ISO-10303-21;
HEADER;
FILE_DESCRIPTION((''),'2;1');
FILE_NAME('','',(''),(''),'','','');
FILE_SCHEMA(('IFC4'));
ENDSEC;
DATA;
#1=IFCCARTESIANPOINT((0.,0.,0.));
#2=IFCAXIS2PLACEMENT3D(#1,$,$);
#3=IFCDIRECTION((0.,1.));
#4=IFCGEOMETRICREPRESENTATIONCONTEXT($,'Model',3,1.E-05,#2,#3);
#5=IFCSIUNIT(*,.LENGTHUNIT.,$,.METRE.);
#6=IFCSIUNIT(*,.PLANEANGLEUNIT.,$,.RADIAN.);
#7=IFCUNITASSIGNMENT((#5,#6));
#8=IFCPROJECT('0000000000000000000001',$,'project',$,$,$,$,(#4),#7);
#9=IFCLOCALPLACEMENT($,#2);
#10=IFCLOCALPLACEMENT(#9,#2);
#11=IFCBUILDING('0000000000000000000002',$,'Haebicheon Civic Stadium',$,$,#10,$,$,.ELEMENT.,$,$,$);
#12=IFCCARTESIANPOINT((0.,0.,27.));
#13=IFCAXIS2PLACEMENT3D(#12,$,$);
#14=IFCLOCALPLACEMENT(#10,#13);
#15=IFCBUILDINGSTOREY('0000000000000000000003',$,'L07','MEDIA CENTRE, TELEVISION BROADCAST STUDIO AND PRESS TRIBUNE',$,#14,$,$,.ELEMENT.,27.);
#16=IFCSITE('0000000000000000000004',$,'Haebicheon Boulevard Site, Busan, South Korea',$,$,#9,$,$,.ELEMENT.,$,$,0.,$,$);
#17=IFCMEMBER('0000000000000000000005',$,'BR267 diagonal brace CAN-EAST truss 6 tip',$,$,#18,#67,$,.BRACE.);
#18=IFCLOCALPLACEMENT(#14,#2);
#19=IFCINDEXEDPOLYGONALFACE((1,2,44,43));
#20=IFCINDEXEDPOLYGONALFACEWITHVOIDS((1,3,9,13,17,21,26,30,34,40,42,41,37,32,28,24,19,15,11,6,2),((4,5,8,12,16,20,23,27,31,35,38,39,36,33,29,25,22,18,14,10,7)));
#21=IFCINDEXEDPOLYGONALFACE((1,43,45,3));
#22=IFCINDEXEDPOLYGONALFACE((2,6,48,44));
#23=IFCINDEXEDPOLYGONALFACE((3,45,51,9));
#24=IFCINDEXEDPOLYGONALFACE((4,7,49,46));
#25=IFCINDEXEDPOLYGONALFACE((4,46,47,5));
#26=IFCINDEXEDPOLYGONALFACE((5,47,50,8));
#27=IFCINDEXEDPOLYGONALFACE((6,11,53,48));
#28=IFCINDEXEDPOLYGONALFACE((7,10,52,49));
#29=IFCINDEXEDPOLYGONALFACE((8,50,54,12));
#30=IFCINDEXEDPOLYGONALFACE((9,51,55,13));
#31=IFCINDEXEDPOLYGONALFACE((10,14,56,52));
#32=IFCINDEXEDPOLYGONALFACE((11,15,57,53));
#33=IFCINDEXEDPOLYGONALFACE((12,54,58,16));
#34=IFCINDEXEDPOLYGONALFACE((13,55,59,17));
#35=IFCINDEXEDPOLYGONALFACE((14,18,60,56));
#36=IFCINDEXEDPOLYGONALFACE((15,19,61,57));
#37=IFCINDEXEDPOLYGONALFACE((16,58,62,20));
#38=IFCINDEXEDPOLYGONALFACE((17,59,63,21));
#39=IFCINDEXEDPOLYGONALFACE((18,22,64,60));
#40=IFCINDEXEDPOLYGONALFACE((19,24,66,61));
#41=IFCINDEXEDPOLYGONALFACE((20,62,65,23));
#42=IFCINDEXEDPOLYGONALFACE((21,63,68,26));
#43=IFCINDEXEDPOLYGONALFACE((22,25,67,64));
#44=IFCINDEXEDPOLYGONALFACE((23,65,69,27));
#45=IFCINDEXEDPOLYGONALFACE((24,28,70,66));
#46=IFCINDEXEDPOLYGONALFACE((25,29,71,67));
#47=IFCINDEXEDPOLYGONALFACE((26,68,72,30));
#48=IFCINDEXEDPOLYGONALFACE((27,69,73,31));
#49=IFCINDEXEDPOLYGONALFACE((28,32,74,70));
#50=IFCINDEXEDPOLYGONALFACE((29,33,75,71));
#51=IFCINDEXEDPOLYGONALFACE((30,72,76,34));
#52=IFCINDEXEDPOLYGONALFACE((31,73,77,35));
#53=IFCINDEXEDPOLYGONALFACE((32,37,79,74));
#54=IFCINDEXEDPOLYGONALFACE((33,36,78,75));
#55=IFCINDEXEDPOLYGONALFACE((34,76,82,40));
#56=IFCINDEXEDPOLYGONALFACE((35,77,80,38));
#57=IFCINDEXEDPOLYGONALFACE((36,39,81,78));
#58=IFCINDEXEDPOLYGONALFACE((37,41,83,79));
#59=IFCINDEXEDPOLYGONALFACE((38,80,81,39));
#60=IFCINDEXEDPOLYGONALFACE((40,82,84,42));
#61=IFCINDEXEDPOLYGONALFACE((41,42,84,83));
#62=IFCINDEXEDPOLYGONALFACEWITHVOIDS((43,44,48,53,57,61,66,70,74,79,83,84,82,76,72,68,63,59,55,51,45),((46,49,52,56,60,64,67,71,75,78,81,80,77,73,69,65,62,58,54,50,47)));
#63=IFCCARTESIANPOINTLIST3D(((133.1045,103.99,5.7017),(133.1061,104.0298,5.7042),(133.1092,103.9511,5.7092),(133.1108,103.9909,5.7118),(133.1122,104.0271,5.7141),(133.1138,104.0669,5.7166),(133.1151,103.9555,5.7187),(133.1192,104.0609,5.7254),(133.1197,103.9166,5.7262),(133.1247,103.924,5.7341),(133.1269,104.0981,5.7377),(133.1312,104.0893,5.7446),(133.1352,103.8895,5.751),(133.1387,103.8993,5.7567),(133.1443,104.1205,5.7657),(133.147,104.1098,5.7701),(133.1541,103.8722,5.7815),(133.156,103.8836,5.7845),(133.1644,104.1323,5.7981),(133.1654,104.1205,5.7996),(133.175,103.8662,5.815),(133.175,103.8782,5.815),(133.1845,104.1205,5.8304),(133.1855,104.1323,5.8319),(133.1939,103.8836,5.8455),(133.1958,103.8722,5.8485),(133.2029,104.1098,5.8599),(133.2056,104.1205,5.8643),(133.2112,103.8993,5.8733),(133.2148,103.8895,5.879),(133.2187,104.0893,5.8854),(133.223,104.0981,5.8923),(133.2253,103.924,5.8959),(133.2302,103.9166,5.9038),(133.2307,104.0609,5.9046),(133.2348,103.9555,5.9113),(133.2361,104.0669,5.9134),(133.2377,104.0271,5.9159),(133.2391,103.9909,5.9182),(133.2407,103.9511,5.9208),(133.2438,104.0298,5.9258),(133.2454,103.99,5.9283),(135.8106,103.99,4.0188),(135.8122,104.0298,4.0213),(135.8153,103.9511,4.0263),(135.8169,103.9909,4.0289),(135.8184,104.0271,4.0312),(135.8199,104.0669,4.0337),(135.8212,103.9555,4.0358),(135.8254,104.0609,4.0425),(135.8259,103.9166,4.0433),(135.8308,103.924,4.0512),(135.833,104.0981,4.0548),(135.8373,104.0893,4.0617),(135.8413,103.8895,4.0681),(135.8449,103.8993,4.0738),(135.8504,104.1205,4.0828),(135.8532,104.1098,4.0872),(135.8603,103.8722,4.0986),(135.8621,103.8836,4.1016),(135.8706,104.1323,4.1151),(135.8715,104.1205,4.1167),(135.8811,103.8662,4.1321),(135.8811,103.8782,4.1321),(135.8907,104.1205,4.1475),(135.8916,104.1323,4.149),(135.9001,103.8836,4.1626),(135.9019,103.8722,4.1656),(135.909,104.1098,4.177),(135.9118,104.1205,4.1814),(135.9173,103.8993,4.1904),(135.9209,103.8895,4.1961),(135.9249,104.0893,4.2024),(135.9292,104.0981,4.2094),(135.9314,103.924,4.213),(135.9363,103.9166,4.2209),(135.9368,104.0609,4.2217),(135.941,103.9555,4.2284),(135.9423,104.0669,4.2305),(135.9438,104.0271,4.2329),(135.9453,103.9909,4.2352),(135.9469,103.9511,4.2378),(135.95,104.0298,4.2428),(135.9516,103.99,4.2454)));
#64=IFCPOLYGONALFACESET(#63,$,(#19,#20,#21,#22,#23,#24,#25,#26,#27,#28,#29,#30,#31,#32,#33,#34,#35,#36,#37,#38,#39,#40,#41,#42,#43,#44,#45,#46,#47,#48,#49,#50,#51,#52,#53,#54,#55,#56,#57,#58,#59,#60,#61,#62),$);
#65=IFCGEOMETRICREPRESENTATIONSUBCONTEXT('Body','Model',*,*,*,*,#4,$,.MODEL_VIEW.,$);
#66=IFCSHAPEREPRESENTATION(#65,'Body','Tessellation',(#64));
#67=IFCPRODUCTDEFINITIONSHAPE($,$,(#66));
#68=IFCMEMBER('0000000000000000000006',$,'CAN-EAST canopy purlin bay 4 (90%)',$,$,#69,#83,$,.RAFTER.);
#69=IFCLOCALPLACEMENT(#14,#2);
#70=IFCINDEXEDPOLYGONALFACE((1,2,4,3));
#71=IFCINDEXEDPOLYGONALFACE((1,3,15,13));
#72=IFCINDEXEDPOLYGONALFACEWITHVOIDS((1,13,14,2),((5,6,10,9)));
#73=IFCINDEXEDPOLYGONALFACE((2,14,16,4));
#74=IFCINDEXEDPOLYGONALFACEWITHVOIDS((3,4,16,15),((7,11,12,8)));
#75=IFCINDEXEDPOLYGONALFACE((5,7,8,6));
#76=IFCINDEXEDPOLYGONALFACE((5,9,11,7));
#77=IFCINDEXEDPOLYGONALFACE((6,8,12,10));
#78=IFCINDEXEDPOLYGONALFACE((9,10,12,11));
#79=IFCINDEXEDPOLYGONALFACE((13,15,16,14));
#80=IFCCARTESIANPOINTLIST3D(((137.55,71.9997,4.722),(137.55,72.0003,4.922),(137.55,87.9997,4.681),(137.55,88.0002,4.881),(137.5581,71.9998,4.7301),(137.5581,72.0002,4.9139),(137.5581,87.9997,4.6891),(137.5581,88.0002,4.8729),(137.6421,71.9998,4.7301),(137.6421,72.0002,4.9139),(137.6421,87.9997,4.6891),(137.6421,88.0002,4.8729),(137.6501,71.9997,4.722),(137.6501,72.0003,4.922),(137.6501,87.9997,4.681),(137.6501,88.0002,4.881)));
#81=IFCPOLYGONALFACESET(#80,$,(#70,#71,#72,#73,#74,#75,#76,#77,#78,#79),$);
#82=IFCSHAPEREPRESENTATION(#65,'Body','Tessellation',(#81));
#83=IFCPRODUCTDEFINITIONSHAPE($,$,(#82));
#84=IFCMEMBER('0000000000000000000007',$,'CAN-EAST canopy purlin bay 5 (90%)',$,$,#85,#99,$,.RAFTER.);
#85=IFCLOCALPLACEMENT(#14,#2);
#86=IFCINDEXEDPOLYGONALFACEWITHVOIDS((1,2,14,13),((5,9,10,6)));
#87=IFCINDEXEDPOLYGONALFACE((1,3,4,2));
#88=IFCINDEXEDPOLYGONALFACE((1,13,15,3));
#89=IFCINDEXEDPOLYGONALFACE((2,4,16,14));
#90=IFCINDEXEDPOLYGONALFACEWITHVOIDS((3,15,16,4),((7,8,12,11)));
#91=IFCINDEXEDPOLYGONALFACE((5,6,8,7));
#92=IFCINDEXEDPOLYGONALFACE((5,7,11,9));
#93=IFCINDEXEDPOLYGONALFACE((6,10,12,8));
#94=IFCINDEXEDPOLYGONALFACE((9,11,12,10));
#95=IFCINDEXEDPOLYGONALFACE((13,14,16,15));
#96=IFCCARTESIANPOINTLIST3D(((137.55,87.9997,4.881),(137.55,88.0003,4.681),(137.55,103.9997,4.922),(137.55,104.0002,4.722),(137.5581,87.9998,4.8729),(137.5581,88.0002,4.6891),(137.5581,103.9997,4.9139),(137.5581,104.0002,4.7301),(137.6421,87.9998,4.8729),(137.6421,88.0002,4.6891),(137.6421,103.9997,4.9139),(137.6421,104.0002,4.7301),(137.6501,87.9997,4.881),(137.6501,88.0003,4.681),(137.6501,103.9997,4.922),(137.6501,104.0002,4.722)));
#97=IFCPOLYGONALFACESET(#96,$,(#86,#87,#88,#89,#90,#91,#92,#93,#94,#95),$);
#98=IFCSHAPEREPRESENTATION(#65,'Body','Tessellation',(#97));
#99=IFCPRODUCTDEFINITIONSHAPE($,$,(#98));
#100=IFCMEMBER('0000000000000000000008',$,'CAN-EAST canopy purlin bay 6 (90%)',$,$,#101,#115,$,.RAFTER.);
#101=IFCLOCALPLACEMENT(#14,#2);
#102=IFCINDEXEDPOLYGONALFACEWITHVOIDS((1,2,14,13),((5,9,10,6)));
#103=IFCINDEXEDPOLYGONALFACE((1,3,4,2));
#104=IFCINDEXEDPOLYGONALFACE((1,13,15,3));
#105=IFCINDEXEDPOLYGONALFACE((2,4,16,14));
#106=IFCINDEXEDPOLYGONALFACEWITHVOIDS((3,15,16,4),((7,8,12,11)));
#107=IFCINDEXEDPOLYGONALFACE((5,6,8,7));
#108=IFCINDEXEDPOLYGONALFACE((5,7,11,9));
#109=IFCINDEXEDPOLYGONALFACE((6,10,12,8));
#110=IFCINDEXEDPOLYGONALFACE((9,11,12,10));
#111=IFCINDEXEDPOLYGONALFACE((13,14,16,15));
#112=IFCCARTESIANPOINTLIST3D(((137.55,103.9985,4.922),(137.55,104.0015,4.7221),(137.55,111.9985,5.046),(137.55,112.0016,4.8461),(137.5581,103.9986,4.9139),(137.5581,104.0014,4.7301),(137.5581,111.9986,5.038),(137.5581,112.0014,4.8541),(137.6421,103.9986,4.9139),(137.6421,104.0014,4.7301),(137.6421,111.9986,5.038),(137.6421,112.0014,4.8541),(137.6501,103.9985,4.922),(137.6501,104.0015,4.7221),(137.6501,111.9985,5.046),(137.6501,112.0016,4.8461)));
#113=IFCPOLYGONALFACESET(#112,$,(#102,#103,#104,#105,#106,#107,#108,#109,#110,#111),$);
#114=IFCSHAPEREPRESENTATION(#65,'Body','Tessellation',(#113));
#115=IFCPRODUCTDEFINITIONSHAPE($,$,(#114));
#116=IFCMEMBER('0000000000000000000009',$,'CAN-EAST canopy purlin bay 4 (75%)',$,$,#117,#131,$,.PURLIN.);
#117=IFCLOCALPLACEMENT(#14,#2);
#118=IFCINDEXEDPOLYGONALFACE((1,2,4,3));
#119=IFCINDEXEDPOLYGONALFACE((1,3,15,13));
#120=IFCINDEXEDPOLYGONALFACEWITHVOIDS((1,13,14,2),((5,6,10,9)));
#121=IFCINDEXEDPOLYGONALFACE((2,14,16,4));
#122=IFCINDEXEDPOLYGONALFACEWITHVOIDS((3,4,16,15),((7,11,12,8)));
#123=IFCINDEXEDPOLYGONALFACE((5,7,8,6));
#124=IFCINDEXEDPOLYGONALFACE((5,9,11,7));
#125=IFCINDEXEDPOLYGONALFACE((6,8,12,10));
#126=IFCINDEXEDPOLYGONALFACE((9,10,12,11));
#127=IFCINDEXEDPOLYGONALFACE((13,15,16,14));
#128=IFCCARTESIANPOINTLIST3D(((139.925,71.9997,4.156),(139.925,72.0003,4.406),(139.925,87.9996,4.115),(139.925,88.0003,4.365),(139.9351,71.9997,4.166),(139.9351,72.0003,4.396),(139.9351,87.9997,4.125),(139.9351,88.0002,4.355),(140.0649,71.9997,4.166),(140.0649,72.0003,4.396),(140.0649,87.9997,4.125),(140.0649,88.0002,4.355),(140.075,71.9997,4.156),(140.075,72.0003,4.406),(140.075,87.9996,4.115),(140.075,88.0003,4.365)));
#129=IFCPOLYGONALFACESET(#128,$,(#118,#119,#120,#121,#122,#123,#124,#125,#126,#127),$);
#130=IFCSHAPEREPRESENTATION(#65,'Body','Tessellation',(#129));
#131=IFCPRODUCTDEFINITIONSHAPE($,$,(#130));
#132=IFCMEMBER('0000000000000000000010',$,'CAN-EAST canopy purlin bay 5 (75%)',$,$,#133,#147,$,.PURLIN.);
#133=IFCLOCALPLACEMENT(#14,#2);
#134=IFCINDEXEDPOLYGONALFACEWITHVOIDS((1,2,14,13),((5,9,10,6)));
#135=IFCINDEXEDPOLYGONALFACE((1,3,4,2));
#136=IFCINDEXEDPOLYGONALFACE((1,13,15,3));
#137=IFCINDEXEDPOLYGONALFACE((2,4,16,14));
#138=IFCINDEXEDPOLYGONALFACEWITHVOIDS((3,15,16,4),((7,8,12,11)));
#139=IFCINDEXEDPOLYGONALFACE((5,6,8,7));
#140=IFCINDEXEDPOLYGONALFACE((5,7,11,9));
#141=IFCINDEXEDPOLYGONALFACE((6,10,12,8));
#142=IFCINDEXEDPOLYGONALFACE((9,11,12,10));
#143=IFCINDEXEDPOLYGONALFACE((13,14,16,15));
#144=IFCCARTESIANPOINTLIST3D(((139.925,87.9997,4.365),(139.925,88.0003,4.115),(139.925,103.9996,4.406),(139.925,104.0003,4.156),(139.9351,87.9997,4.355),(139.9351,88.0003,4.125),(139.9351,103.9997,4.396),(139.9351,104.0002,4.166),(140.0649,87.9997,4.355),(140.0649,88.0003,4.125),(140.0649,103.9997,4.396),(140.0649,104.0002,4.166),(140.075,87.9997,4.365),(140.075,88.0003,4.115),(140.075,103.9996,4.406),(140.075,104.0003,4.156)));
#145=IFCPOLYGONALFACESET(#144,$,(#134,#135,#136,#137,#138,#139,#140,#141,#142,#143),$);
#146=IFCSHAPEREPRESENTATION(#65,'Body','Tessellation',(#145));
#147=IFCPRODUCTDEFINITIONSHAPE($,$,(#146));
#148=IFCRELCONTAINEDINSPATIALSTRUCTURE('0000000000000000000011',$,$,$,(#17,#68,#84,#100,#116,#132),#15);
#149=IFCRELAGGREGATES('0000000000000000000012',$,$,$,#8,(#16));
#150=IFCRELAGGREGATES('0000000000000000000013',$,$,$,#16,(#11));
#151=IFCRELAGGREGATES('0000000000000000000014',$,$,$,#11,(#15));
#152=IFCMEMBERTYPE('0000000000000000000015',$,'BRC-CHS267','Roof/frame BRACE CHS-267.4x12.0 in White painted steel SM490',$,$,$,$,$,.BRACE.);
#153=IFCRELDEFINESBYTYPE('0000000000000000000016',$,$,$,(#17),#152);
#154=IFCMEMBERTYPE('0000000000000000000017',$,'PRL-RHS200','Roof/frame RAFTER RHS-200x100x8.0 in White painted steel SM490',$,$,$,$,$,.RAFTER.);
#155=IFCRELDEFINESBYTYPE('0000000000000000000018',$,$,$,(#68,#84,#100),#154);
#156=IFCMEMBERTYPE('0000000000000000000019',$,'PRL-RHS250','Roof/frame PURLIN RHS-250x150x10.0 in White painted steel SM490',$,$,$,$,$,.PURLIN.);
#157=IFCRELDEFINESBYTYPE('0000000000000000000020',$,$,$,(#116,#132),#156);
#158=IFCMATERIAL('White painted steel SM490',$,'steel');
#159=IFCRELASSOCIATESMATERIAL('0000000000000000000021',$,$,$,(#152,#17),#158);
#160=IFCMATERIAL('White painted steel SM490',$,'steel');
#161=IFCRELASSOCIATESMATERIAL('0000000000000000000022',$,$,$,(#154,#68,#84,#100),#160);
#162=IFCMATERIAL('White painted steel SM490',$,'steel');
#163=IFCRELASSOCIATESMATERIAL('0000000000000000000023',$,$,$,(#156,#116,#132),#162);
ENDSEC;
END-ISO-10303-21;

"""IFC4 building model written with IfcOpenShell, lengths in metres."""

from ifc_helpers import new_model, si_unit, direction, frame, origin, origin_2d, place, context, subcontext, project, spatial, hollow_rectangle, hollow_circle, extrude, material, material_profile, profile_set, type_object, element, save


model = new_model("IFC4")

# Units and contexts
model_context = context("Model", 3, precision=1e-05, world=origin(), true_north=direction((0.0, 1.0)))
body_context = subcontext(model_context, "Body", "Model", "MODEL_VIEW")
ifc_project = project(units=[si_unit("LENGTHUNIT", "METRE"), si_unit("PLANEANGLEUNIT", "RADIAN")], contexts=[model_context])

# Site, building, storey
site_placement = place(None, origin())
site = spatial("IfcSite", under=ifc_project, at=site_placement, Name="Haebicheon Boulevard Site, Busan, South Korea", CompositionType="ELEMENT", RefElevation=0.0)
building_placement = place(site_placement, origin())
building = spatial("IfcBuilding", under=site, at=building_placement, Name="Haebicheon Civic Stadium", CompositionType="ELEMENT")
storey_placement = place(building_placement, frame((0.0, 0.0, 27.0)))
storey = spatial("IfcBuildingStorey", under=building, at=storey_placement, Name="L07", Description="MEDIA CENTRE, TELEVISION BROADCAST STUDIO AND PRESS TRIBUNE", CompositionType="ELEMENT", Elevation=27.0)

# Members
ifc_material_1 = material(Name="White painted steel SM490", Category="steel")
ifc_material_profile_1 = material_profile(ifc_material_1, hollow_circle(Radius=0.1338, WallThickness=0.012, at=origin_2d()), Name="CHS-267.4x12.0")
ifc_profile_set_1 = profile_set([ifc_material_profile_1], Name="White painted steel SM490")
member_type_1 = type_object("IfcMemberType", Name="BRC-CHS267", Description="Roof/frame BRACE CHS-267.4x12.0 in White painted steel SM490", PredefinedType="BRACE", material=ifc_profile_set_1)
member_1_placement = place(storey_placement, frame((135.8811, 104.0, 4.1321), z_axis=(-0.849184, 0.0, 0.528097), x_axis=(0.0, -1.0, 0.0)))
element("IfcMember", 1, at=member_1_placement, inside=storey, type_object=member_type_1, material=ifc_profile_set_1, Name="BR267 diagonal brace CAN-EAST truss 6 tip", PredefinedType="BRACE", context=body_context, shape_type="SweptSolid", body=[
    extrude(hollow_circle(Radius=0.1338, WallThickness=0.012, at=origin_2d()), origin(), (0.0, 0.0, 1.0), 3.1868),
])
ifc_material_2 = material(Name="White painted steel SM490", Category="steel")
ifc_material_profile_2 = material_profile(ifc_material_2, hollow_rectangle(XDim=0.1001, YDim=0.2, WallThickness=0.0081, at=origin_2d()), Name="RHS-200x100x8.0")
ifc_profile_set_2 = profile_set([ifc_material_profile_2], Name="White painted steel SM490")
member_type_2 = type_object("IfcMemberType", Name="PRL-RHS200", Description="Roof/frame RAFTER RHS-200x100x8.0 in White painted steel SM490", PredefinedType="RAFTER", material=ifc_profile_set_2)
for number, where, z_axis, x_axis, name in (
    (2, (137.6001, 72.0, 4.822), (0.0, 0.999997, -0.002563), (-1.0, 0.0, 0.0), "CAN-EAST canopy purlin bay 4 (90%)"),
    (3, (137.6001, 88.0, 4.781), (0.0, 0.999997, 0.002563), (-1.0, 0.0, 0.0), "CAN-EAST canopy purlin bay 5 (90%)"),
):
    element("IfcMember", number, at=place(storey_placement, frame(where, z_axis=z_axis, x_axis=x_axis)), inside=storey, type_object=member_type_2, material=ifc_profile_set_2, Name=name, PredefinedType="RAFTER", context=body_context, shape_type="SweptSolid", body=[
        extrude(hollow_rectangle(XDim=0.1001, YDim=0.2, WallThickness=0.0081, at=origin_2d()), origin(), (0.0, 0.0, 1.0), 16.0),
    ])
member_2_placement = place(storey_placement, frame((137.6001, 104.0, 4.822), z_axis=(0.0, 0.99988, 0.015501), x_axis=(-1.0, 0.0, 0.0)))
element("IfcMember", 4, at=member_2_placement, inside=storey, type_object=member_type_2, material=ifc_profile_set_2, Name="CAN-EAST canopy purlin bay 6 (90%)", PredefinedType="RAFTER", context=body_context, shape_type="SweptSolid", body=[
    extrude(hollow_rectangle(XDim=0.1001, YDim=0.2, WallThickness=0.0081, at=origin_2d()), origin(), (0.0, 0.0, 1.0), 8.001),
])
ifc_material_3 = material(Name="White painted steel SM490", Category="steel")
ifc_material_profile_3 = material_profile(ifc_material_3, hollow_rectangle(XDim=0.1499, YDim=0.25, WallThickness=0.01, at=origin_2d()), Name="RHS-250x150x10.0")
ifc_profile_set_3 = profile_set([ifc_material_profile_3], Name="White painted steel SM490")
member_type_3 = type_object("IfcMemberType", Name="PRL-RHS250", Description="Roof/frame PURLIN RHS-250x150x10.0 in White painted steel SM490", PredefinedType="PURLIN", material=ifc_profile_set_3)
for number, where, z_axis, x_axis, name in (
    (5, (140.0, 72.0, 4.281), (0.0, 0.999997, -0.002563), (-1.0, 0.0, 0.0), "CAN-EAST canopy purlin bay 4 (75%)"),
    (6, (140.0, 88.0, 4.24), (0.0, 0.999997, 0.002563), (-1.0, 0.0, 0.0), "CAN-EAST canopy purlin bay 5 (75%)"),
):
    element("IfcMember", number, at=place(storey_placement, frame(where, z_axis=z_axis, x_axis=x_axis)), inside=storey, type_object=member_type_3, material=ifc_profile_set_3, Name=name, PredefinedType="PURLIN", context=body_context, shape_type="SweptSolid", body=[
        extrude(hollow_rectangle(XDim=0.1499, YDim=0.25, WallThickness=0.01, at=origin_2d()), origin(), (0.0, 0.0, 1.0), 16.0),
    ])

save(model, "model.ifc")
